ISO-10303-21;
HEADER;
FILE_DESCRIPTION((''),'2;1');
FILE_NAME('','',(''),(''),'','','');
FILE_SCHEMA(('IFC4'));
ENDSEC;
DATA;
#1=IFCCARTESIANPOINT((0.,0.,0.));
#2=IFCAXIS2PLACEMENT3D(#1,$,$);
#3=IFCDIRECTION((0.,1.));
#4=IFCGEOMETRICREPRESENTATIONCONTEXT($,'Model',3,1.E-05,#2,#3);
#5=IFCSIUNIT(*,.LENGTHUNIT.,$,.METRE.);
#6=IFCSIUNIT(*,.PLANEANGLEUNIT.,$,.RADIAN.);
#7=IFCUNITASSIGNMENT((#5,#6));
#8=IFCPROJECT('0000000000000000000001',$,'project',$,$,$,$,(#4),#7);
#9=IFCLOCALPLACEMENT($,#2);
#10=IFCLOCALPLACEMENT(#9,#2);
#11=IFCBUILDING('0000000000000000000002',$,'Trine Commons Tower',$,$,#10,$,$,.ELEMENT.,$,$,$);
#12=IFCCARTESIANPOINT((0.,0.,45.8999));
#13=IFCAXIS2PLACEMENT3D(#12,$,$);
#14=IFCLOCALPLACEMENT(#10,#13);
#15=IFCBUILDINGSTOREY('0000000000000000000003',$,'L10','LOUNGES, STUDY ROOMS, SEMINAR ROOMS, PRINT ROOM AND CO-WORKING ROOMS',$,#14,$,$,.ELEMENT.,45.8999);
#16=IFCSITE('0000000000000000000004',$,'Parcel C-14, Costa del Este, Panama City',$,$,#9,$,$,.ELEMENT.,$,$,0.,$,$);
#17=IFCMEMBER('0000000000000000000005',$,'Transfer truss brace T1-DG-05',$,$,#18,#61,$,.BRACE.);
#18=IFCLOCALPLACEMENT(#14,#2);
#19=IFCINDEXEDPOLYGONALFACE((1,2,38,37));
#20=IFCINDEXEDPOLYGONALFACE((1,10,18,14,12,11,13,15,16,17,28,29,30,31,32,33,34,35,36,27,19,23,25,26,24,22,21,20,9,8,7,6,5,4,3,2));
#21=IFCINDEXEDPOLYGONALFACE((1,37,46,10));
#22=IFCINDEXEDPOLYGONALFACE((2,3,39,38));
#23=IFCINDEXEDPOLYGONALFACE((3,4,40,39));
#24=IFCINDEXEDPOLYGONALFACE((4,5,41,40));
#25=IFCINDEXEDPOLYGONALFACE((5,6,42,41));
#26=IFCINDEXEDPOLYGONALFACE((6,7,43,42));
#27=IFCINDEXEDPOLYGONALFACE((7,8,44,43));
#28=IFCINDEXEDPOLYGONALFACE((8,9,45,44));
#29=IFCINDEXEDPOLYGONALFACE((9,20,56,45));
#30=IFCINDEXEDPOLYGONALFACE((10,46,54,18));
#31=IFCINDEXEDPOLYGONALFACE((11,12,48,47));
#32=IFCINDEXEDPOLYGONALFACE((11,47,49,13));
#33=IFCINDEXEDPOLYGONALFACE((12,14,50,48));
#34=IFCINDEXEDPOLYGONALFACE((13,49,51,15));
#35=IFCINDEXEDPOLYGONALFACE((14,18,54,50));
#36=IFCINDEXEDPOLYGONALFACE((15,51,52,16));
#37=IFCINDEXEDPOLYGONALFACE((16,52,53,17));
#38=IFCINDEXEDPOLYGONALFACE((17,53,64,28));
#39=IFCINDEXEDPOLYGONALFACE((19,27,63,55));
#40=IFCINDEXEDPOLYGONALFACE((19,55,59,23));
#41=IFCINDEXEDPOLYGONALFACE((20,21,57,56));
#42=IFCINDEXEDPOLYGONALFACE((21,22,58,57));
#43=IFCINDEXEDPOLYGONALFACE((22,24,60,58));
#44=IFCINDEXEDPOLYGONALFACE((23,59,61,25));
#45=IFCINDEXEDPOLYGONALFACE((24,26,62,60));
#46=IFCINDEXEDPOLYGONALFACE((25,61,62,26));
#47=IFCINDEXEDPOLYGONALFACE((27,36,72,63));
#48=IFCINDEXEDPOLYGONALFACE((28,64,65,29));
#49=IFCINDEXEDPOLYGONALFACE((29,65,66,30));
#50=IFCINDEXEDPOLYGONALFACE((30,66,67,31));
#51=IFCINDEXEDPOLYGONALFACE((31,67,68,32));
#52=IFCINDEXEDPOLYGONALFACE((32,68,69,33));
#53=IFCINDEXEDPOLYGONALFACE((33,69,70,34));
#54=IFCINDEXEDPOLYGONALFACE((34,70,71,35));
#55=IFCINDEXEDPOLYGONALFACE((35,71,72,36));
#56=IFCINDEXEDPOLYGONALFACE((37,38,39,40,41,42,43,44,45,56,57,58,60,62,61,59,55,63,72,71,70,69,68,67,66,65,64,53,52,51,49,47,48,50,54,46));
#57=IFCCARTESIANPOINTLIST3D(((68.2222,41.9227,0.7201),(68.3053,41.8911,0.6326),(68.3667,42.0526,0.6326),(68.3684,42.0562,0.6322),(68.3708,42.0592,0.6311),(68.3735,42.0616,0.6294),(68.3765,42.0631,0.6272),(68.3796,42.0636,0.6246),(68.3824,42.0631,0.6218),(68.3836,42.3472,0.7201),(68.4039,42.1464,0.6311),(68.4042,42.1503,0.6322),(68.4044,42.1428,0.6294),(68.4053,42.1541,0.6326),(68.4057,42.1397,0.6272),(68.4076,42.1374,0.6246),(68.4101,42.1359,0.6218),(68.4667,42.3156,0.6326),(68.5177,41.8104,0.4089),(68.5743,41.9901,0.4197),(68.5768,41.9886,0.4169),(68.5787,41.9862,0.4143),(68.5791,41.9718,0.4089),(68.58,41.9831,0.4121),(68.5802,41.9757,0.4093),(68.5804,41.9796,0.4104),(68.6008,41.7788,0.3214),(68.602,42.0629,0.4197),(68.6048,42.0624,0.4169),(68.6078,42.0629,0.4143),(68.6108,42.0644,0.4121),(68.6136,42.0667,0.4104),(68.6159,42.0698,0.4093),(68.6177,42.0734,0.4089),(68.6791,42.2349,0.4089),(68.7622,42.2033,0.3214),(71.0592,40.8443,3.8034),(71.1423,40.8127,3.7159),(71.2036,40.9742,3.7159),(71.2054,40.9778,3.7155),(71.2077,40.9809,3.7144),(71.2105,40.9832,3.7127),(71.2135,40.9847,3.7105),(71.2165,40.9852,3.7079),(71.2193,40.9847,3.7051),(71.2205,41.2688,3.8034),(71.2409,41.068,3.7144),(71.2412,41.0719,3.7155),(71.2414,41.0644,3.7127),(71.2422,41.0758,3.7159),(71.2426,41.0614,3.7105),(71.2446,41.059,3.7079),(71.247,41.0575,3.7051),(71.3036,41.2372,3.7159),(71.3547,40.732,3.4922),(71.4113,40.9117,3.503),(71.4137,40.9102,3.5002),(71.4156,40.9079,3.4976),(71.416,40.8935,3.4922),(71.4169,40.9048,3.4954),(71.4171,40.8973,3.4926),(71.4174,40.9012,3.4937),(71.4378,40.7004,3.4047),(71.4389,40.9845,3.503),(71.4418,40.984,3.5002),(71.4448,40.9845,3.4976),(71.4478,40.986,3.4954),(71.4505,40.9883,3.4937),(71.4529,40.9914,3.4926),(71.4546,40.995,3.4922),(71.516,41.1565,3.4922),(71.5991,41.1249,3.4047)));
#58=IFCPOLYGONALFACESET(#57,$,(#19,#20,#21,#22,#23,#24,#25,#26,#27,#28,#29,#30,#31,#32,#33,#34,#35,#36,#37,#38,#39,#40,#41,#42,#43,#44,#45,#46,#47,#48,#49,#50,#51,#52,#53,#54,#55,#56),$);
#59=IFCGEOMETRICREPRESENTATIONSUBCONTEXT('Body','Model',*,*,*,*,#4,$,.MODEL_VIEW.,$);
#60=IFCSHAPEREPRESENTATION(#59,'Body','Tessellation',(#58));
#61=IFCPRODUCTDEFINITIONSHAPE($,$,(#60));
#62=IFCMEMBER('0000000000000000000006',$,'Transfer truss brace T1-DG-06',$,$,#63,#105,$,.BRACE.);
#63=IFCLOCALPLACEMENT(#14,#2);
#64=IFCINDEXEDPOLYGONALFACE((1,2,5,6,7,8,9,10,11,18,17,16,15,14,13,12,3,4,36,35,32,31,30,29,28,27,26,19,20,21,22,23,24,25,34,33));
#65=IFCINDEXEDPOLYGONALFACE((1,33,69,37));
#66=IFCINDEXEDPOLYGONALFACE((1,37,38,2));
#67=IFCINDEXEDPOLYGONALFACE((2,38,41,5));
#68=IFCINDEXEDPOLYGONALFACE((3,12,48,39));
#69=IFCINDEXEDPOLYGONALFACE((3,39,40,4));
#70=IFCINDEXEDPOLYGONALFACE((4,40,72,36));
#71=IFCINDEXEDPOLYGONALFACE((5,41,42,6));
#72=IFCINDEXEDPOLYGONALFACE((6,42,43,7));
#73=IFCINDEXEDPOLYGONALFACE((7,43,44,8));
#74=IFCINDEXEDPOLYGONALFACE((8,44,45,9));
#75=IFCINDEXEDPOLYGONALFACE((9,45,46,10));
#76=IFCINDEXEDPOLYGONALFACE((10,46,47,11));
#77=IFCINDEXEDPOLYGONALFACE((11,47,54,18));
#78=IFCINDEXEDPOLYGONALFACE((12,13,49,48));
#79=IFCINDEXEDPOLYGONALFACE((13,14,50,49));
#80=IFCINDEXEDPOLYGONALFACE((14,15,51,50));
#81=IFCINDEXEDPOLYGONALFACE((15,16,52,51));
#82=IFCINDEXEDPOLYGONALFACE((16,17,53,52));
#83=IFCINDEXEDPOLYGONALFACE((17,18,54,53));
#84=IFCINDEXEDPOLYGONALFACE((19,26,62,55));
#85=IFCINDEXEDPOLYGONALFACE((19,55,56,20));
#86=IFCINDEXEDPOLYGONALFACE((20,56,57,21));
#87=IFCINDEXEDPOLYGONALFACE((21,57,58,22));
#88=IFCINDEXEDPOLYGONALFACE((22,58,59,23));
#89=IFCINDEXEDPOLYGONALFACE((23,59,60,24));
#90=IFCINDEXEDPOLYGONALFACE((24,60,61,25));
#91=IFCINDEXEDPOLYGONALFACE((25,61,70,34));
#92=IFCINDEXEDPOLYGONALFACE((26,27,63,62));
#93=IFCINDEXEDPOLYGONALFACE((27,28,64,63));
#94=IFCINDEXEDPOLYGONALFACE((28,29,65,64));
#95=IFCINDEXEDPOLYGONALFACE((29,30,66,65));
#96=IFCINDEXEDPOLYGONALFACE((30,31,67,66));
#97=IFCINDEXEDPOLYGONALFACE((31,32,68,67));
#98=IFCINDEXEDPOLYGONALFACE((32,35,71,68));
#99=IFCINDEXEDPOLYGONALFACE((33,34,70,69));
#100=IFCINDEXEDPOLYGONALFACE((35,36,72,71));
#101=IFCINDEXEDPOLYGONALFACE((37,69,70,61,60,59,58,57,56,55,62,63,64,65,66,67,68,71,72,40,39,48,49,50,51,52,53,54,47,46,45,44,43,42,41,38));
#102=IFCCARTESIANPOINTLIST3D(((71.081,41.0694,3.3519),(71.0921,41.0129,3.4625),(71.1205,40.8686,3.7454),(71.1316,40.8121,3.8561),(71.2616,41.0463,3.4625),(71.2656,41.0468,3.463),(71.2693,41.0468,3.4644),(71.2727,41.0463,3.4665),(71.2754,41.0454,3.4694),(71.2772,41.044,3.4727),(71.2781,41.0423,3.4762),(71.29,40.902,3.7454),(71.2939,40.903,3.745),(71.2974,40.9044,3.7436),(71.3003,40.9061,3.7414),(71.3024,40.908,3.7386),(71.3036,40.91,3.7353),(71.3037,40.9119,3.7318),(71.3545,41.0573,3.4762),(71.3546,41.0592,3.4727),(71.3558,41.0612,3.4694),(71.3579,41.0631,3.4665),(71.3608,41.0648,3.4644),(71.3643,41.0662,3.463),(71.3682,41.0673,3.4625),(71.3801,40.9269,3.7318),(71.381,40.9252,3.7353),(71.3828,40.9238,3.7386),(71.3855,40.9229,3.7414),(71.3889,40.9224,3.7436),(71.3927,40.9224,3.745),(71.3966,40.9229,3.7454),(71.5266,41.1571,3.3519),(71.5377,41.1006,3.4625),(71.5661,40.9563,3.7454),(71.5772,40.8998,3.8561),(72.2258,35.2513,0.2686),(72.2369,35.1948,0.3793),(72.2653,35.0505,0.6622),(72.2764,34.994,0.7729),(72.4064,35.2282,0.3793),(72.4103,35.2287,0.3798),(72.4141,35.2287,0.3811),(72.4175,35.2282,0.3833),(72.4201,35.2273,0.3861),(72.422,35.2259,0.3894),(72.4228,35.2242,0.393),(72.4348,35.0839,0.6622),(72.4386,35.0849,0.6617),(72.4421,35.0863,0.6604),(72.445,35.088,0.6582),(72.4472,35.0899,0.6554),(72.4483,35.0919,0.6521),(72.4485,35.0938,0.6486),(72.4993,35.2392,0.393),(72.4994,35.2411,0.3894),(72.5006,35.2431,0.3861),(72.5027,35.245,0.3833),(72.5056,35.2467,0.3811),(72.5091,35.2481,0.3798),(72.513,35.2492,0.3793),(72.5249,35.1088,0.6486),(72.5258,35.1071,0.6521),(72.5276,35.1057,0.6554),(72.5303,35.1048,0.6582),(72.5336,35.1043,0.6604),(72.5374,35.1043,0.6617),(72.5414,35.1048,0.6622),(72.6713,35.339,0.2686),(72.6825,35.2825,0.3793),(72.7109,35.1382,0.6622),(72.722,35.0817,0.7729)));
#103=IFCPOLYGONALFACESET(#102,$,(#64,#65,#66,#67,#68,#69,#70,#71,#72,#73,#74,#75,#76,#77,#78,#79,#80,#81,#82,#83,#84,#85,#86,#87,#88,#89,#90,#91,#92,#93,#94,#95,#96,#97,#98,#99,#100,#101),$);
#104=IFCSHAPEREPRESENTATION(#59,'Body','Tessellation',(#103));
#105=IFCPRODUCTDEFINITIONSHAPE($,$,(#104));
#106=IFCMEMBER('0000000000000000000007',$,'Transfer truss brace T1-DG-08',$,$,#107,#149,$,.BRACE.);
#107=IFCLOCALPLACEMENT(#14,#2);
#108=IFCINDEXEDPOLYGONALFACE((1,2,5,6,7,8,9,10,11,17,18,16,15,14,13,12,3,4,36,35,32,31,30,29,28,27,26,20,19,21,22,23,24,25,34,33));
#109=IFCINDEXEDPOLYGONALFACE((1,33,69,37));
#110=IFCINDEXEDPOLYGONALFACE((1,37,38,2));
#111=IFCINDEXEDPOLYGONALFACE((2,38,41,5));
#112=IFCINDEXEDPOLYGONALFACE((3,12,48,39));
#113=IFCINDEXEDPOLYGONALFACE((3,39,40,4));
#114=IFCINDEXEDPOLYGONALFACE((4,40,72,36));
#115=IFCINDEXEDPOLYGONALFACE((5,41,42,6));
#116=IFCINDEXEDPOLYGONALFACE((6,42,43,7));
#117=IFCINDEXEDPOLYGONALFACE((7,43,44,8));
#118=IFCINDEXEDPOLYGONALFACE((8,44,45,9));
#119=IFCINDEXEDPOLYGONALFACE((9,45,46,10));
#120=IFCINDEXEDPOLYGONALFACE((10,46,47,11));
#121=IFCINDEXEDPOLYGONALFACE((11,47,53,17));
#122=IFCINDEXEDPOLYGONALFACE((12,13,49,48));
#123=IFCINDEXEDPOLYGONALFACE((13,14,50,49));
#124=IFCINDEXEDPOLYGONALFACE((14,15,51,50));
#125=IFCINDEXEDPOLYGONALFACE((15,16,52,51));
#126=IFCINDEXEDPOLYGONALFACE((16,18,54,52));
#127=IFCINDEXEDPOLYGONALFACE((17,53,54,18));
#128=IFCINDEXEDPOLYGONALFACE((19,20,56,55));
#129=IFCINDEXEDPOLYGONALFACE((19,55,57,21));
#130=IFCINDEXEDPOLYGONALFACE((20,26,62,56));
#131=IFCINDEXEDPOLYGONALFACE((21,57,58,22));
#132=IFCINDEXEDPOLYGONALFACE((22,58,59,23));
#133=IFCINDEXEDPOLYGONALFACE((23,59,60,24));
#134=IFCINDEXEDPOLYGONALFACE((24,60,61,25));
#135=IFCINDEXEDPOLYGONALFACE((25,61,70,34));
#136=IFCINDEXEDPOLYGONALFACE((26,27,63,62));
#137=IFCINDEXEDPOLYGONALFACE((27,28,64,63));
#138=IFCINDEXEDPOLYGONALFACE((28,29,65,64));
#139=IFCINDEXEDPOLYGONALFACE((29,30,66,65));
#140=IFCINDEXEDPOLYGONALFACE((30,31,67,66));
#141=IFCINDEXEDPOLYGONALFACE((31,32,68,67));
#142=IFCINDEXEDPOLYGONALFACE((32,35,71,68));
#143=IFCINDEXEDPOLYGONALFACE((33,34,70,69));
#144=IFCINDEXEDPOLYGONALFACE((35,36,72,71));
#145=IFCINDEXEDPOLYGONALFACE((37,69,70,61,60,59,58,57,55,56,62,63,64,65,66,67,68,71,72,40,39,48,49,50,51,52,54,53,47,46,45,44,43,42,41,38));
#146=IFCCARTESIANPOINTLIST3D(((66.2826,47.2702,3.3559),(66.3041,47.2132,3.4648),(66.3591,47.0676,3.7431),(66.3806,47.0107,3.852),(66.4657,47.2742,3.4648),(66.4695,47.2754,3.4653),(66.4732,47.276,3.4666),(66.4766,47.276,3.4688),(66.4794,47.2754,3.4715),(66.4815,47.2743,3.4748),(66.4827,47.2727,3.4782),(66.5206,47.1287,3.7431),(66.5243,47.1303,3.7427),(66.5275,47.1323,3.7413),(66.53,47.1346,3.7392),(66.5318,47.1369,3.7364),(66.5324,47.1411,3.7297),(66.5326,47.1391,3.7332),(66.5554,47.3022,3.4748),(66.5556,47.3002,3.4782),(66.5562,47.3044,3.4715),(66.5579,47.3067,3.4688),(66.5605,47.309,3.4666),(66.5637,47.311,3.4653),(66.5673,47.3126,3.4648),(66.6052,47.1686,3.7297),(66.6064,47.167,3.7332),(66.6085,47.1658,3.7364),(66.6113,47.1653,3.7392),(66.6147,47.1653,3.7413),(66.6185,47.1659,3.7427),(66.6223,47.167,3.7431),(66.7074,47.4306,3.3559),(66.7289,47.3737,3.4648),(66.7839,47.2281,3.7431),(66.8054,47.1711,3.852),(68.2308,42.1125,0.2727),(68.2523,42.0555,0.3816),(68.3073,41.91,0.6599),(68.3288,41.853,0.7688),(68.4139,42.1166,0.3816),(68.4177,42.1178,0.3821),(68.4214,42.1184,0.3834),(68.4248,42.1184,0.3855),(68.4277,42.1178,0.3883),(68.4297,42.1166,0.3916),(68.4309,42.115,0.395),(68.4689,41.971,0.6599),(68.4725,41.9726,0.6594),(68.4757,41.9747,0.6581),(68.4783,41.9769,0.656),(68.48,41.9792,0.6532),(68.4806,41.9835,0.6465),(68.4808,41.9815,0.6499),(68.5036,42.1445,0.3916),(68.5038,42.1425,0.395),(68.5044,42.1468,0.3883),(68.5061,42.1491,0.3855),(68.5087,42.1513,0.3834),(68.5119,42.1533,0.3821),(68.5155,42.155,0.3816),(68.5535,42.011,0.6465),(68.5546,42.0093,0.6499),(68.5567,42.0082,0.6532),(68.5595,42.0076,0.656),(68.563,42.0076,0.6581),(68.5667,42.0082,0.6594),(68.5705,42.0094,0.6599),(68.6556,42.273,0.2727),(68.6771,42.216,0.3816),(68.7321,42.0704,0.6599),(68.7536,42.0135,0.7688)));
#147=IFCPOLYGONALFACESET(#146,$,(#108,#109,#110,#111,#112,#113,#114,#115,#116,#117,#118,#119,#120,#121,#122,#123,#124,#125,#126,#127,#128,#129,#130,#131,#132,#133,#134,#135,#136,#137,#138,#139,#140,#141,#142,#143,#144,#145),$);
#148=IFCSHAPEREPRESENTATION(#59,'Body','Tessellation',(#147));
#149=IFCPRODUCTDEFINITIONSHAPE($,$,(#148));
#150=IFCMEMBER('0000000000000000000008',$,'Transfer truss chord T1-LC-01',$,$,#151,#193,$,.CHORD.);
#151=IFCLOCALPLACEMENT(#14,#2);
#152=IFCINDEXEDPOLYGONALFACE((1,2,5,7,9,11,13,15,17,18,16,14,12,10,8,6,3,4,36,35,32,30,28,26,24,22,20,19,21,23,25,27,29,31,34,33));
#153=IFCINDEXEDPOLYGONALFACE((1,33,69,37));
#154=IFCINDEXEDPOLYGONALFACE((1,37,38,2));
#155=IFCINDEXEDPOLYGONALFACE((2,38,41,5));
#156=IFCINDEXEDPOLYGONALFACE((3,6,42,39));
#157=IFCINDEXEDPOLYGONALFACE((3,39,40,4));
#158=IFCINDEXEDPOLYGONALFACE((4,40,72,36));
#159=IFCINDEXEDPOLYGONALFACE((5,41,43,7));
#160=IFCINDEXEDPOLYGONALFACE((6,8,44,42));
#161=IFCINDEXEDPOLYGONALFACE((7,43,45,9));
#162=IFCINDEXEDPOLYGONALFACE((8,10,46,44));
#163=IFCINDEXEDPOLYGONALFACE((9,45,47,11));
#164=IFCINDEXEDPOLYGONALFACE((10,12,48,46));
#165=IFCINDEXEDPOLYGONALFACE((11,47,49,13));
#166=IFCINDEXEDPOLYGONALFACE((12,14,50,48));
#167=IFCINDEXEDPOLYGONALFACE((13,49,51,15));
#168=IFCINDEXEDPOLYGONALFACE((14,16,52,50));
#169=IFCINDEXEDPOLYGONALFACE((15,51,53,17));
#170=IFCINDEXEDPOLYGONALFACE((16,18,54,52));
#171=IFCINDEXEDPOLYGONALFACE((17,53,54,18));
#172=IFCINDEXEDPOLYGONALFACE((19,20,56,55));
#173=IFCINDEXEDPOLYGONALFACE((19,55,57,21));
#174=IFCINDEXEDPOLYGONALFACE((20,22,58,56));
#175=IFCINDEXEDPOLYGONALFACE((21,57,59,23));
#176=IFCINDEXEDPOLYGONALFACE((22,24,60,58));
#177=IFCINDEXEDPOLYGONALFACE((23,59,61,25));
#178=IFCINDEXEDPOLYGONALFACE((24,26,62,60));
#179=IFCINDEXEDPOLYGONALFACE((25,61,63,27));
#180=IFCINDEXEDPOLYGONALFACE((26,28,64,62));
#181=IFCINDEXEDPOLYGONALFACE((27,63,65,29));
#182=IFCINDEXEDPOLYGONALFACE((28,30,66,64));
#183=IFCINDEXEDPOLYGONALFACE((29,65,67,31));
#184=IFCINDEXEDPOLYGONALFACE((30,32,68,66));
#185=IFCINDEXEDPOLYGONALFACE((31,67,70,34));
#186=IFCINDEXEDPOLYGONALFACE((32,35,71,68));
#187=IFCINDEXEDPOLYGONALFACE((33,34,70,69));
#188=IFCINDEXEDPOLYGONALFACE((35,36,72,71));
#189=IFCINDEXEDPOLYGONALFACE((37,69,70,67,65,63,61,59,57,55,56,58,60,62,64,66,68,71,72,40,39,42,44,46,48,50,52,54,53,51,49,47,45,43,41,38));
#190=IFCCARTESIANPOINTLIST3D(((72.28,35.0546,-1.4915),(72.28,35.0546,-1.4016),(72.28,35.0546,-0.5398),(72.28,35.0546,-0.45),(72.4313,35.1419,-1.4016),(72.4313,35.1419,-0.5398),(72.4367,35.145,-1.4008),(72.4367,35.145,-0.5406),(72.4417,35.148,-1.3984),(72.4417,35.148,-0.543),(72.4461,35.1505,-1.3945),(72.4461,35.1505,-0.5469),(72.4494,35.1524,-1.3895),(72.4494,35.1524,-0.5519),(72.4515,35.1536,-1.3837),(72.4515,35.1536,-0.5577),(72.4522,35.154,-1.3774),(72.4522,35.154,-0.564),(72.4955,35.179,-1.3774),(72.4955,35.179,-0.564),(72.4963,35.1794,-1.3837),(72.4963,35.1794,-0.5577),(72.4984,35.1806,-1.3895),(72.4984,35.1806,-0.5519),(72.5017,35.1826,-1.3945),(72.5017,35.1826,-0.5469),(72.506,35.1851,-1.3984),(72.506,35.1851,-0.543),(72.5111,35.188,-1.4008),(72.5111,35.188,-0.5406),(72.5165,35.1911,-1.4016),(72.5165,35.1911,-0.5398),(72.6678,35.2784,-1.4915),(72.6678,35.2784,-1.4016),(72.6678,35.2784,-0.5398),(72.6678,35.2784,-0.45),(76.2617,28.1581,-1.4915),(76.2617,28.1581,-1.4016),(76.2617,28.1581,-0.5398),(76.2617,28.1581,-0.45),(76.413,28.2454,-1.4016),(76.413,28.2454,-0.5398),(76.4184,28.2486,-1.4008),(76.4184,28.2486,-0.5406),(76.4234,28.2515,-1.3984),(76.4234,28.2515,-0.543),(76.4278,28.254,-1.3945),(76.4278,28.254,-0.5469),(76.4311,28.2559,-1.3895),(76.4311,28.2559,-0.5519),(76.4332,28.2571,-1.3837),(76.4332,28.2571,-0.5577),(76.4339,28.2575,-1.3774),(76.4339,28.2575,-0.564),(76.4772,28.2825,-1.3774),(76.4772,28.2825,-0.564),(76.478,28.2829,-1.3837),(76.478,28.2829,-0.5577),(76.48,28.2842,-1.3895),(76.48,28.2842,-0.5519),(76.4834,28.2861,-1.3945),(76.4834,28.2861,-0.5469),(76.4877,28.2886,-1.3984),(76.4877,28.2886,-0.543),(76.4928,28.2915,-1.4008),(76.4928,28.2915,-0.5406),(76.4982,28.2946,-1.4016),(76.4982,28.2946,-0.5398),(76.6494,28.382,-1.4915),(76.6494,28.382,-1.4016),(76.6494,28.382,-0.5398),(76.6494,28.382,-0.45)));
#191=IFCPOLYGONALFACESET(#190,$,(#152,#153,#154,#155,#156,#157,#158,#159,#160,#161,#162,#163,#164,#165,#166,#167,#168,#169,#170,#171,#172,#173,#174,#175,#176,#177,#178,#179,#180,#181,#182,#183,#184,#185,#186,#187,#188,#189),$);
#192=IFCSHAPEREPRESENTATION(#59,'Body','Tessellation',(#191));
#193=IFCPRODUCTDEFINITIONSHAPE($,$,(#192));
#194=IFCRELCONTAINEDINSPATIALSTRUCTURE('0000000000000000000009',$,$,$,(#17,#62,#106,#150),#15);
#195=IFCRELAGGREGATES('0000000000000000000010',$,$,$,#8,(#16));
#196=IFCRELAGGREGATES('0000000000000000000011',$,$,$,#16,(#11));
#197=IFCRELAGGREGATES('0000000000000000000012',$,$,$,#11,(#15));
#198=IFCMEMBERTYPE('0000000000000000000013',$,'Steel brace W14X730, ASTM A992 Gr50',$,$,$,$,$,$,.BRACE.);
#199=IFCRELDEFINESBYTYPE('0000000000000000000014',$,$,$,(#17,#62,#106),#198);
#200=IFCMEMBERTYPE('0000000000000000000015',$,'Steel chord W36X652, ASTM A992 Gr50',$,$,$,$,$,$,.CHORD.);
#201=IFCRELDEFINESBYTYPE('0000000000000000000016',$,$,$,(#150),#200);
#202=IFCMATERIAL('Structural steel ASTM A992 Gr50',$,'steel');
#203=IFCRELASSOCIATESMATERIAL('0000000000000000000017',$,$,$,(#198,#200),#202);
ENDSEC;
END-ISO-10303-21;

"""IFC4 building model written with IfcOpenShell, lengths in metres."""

from ifc_helpers import new_model, si_unit, direction, frame, origin, origin_2d, place, context, subcontext, project, spatial, i_section, extrude, material, material_profile, profile_set, type_object, element, save


model = new_model("IFC4")

# Units and contexts
model_context = context("Model", 3, precision=1e-05, world=origin(), true_north=direction((0.0, 1.0)))
body_context = subcontext(model_context, "Body", "Model", "MODEL_VIEW")
ifc_project = project(units=[si_unit("LENGTHUNIT", "METRE"), si_unit("PLANEANGLEUNIT", "RADIAN")], contexts=[model_context])

# Site, building, storey
site_placement = place(None, origin())
site = spatial("IfcSite", under=ifc_project, at=site_placement, Name="Parcel C-14, Costa del Este, Panama City", CompositionType="ELEMENT", RefElevation=0.0)
building_placement = place(site_placement, origin())
building = spatial("IfcBuilding", under=site, at=building_placement, Name="Trine Commons Tower", CompositionType="ELEMENT")
storey_placement = place(building_placement, frame((0.0, 0.0, 45.8999)))
storey = spatial("IfcBuildingStorey", under=building, at=storey_placement, Name="L10", Description="LOUNGES, STUDY ROOMS, SEMINAR ROOMS, PRINT ROOM AND CO-WORKING ROOMS", CompositionType="ELEMENT", Elevation=45.8999)

# Members
ifc_material_1 = material(Name="Structural steel ASTM A992 Gr50", Category="steel")
ifc_material_profile_1 = material_profile(ifc_material_1, i_section(OverallWidth=0.4541, OverallDepth=0.5684, WebThickness=0.0779, FlangeThickness=0.1248, FilletRadius=0.0154, at=origin_2d()), Name="W14X730")
ifc_profile_set_1 = profile_set([ifc_material_profile_1], Name="Structural steel ASTM A992 Gr50")
member_type_1 = type_object("IfcMemberType", Name="Steel brace W14X730, ASTM A992 Gr50", PredefinedType="BRACE", material=ifc_profile_set_1)
member_1_placement = place(storey_placement, frame((68.4922, 42.063, 0.5208), z_axis=(0.655727, -0.249255, 0.712666), x_axis=(0.355316, 0.934746, 0.0)))
element("IfcMember", 1, at=member_1_placement, inside=storey, type_object=member_type_1, Name="Transfer truss brace T1-DG-05", PredefinedType="BRACE", context=body_context, shape_type="SweptSolid", body=[
    extrude(i_section(OverallWidth=0.4541, OverallDepth=0.5684, WebThickness=0.0779, FlangeThickness=0.1248, FilletRadius=0.0154, at=origin_2d()), origin(), (0.0, 0.0, 1.0), 4.3264),
])
member_2_placement = place(storey_placement, frame((72.4739, 35.1665, 0.5208), z_axis=(-0.171287, 0.870536, 0.461332), x_axis=(-0.981187, -0.193059, 0.0)))
element("IfcMember", 2, at=member_2_placement, inside=storey, type_object=member_type_1, Name="Transfer truss brace T1-DG-06", PredefinedType="BRACE", context=body_context, shape_type="SweptSolid", body=[
    extrude(i_section(OverallWidth=0.4541, OverallDepth=0.5684, WebThickness=0.0779, FlangeThickness=0.1248, FilletRadius=0.0154, at=origin_2d()), origin(), (0.0, 0.0, 1.0), 6.6833),
])
member_3_placement = place(storey_placement, frame((68.4922, 42.063, 0.5208), z_axis=(-0.308414, 0.816486, 0.48809), x_axis=(-0.935486, -0.353364, 0.0)))
element("IfcMember", 3, at=member_3_placement, inside=storey, type_object=member_type_1, Name="Transfer truss brace T1-DG-08", PredefinedType="BRACE", context=body_context, shape_type="SweptSolid", body=[
    extrude(i_section(OverallWidth=0.4541, OverallDepth=0.5684, WebThickness=0.0779, FlangeThickness=0.1248, FilletRadius=0.0154, at=origin_2d()), origin(), (0.0, 0.0, 1.0), 6.3169),
])
ifc_material_profile_2 = material_profile(ifc_material_1, i_section(OverallWidth=0.4478, OverallDepth=1.0415, WebThickness=0.05, FlangeThickness=0.0898, FilletRadius=0.0242, at=origin_2d()), Name="W36X652")
ifc_profile_set_2 = profile_set([ifc_material_profile_2], Name="Structural steel ASTM A992 Gr50")
member_type_2 = type_object("IfcMemberType", Name="Steel chord W36X652, ASTM A992 Gr50", PredefinedType="CHORD", material=ifc_profile_set_2)
for number, where, z_axis, x_axis, name in (
    (4, (76.4556, 28.27, -0.9707), (-0.5, 0.866025, 0.0), (-0.866025, -0.5, 0.0), "Transfer truss chord T1-LC-01"),
):
    element("IfcMember", number, at=place(storey_placement, frame(where, z_axis=z_axis, x_axis=x_axis)), inside=storey, type_object=member_type_2, Name=name, PredefinedType="CHORD", context=body_context, shape_type="SweptSolid", body=[
        extrude(i_section(OverallWidth=0.4478, OverallDepth=1.0415, WebThickness=0.05, FlangeThickness=0.0898, FilletRadius=0.0242, at=origin_2d()), origin(), (0.0, 0.0, 1.0), 7.9634),
    ])

save(model, "model.ifc")
